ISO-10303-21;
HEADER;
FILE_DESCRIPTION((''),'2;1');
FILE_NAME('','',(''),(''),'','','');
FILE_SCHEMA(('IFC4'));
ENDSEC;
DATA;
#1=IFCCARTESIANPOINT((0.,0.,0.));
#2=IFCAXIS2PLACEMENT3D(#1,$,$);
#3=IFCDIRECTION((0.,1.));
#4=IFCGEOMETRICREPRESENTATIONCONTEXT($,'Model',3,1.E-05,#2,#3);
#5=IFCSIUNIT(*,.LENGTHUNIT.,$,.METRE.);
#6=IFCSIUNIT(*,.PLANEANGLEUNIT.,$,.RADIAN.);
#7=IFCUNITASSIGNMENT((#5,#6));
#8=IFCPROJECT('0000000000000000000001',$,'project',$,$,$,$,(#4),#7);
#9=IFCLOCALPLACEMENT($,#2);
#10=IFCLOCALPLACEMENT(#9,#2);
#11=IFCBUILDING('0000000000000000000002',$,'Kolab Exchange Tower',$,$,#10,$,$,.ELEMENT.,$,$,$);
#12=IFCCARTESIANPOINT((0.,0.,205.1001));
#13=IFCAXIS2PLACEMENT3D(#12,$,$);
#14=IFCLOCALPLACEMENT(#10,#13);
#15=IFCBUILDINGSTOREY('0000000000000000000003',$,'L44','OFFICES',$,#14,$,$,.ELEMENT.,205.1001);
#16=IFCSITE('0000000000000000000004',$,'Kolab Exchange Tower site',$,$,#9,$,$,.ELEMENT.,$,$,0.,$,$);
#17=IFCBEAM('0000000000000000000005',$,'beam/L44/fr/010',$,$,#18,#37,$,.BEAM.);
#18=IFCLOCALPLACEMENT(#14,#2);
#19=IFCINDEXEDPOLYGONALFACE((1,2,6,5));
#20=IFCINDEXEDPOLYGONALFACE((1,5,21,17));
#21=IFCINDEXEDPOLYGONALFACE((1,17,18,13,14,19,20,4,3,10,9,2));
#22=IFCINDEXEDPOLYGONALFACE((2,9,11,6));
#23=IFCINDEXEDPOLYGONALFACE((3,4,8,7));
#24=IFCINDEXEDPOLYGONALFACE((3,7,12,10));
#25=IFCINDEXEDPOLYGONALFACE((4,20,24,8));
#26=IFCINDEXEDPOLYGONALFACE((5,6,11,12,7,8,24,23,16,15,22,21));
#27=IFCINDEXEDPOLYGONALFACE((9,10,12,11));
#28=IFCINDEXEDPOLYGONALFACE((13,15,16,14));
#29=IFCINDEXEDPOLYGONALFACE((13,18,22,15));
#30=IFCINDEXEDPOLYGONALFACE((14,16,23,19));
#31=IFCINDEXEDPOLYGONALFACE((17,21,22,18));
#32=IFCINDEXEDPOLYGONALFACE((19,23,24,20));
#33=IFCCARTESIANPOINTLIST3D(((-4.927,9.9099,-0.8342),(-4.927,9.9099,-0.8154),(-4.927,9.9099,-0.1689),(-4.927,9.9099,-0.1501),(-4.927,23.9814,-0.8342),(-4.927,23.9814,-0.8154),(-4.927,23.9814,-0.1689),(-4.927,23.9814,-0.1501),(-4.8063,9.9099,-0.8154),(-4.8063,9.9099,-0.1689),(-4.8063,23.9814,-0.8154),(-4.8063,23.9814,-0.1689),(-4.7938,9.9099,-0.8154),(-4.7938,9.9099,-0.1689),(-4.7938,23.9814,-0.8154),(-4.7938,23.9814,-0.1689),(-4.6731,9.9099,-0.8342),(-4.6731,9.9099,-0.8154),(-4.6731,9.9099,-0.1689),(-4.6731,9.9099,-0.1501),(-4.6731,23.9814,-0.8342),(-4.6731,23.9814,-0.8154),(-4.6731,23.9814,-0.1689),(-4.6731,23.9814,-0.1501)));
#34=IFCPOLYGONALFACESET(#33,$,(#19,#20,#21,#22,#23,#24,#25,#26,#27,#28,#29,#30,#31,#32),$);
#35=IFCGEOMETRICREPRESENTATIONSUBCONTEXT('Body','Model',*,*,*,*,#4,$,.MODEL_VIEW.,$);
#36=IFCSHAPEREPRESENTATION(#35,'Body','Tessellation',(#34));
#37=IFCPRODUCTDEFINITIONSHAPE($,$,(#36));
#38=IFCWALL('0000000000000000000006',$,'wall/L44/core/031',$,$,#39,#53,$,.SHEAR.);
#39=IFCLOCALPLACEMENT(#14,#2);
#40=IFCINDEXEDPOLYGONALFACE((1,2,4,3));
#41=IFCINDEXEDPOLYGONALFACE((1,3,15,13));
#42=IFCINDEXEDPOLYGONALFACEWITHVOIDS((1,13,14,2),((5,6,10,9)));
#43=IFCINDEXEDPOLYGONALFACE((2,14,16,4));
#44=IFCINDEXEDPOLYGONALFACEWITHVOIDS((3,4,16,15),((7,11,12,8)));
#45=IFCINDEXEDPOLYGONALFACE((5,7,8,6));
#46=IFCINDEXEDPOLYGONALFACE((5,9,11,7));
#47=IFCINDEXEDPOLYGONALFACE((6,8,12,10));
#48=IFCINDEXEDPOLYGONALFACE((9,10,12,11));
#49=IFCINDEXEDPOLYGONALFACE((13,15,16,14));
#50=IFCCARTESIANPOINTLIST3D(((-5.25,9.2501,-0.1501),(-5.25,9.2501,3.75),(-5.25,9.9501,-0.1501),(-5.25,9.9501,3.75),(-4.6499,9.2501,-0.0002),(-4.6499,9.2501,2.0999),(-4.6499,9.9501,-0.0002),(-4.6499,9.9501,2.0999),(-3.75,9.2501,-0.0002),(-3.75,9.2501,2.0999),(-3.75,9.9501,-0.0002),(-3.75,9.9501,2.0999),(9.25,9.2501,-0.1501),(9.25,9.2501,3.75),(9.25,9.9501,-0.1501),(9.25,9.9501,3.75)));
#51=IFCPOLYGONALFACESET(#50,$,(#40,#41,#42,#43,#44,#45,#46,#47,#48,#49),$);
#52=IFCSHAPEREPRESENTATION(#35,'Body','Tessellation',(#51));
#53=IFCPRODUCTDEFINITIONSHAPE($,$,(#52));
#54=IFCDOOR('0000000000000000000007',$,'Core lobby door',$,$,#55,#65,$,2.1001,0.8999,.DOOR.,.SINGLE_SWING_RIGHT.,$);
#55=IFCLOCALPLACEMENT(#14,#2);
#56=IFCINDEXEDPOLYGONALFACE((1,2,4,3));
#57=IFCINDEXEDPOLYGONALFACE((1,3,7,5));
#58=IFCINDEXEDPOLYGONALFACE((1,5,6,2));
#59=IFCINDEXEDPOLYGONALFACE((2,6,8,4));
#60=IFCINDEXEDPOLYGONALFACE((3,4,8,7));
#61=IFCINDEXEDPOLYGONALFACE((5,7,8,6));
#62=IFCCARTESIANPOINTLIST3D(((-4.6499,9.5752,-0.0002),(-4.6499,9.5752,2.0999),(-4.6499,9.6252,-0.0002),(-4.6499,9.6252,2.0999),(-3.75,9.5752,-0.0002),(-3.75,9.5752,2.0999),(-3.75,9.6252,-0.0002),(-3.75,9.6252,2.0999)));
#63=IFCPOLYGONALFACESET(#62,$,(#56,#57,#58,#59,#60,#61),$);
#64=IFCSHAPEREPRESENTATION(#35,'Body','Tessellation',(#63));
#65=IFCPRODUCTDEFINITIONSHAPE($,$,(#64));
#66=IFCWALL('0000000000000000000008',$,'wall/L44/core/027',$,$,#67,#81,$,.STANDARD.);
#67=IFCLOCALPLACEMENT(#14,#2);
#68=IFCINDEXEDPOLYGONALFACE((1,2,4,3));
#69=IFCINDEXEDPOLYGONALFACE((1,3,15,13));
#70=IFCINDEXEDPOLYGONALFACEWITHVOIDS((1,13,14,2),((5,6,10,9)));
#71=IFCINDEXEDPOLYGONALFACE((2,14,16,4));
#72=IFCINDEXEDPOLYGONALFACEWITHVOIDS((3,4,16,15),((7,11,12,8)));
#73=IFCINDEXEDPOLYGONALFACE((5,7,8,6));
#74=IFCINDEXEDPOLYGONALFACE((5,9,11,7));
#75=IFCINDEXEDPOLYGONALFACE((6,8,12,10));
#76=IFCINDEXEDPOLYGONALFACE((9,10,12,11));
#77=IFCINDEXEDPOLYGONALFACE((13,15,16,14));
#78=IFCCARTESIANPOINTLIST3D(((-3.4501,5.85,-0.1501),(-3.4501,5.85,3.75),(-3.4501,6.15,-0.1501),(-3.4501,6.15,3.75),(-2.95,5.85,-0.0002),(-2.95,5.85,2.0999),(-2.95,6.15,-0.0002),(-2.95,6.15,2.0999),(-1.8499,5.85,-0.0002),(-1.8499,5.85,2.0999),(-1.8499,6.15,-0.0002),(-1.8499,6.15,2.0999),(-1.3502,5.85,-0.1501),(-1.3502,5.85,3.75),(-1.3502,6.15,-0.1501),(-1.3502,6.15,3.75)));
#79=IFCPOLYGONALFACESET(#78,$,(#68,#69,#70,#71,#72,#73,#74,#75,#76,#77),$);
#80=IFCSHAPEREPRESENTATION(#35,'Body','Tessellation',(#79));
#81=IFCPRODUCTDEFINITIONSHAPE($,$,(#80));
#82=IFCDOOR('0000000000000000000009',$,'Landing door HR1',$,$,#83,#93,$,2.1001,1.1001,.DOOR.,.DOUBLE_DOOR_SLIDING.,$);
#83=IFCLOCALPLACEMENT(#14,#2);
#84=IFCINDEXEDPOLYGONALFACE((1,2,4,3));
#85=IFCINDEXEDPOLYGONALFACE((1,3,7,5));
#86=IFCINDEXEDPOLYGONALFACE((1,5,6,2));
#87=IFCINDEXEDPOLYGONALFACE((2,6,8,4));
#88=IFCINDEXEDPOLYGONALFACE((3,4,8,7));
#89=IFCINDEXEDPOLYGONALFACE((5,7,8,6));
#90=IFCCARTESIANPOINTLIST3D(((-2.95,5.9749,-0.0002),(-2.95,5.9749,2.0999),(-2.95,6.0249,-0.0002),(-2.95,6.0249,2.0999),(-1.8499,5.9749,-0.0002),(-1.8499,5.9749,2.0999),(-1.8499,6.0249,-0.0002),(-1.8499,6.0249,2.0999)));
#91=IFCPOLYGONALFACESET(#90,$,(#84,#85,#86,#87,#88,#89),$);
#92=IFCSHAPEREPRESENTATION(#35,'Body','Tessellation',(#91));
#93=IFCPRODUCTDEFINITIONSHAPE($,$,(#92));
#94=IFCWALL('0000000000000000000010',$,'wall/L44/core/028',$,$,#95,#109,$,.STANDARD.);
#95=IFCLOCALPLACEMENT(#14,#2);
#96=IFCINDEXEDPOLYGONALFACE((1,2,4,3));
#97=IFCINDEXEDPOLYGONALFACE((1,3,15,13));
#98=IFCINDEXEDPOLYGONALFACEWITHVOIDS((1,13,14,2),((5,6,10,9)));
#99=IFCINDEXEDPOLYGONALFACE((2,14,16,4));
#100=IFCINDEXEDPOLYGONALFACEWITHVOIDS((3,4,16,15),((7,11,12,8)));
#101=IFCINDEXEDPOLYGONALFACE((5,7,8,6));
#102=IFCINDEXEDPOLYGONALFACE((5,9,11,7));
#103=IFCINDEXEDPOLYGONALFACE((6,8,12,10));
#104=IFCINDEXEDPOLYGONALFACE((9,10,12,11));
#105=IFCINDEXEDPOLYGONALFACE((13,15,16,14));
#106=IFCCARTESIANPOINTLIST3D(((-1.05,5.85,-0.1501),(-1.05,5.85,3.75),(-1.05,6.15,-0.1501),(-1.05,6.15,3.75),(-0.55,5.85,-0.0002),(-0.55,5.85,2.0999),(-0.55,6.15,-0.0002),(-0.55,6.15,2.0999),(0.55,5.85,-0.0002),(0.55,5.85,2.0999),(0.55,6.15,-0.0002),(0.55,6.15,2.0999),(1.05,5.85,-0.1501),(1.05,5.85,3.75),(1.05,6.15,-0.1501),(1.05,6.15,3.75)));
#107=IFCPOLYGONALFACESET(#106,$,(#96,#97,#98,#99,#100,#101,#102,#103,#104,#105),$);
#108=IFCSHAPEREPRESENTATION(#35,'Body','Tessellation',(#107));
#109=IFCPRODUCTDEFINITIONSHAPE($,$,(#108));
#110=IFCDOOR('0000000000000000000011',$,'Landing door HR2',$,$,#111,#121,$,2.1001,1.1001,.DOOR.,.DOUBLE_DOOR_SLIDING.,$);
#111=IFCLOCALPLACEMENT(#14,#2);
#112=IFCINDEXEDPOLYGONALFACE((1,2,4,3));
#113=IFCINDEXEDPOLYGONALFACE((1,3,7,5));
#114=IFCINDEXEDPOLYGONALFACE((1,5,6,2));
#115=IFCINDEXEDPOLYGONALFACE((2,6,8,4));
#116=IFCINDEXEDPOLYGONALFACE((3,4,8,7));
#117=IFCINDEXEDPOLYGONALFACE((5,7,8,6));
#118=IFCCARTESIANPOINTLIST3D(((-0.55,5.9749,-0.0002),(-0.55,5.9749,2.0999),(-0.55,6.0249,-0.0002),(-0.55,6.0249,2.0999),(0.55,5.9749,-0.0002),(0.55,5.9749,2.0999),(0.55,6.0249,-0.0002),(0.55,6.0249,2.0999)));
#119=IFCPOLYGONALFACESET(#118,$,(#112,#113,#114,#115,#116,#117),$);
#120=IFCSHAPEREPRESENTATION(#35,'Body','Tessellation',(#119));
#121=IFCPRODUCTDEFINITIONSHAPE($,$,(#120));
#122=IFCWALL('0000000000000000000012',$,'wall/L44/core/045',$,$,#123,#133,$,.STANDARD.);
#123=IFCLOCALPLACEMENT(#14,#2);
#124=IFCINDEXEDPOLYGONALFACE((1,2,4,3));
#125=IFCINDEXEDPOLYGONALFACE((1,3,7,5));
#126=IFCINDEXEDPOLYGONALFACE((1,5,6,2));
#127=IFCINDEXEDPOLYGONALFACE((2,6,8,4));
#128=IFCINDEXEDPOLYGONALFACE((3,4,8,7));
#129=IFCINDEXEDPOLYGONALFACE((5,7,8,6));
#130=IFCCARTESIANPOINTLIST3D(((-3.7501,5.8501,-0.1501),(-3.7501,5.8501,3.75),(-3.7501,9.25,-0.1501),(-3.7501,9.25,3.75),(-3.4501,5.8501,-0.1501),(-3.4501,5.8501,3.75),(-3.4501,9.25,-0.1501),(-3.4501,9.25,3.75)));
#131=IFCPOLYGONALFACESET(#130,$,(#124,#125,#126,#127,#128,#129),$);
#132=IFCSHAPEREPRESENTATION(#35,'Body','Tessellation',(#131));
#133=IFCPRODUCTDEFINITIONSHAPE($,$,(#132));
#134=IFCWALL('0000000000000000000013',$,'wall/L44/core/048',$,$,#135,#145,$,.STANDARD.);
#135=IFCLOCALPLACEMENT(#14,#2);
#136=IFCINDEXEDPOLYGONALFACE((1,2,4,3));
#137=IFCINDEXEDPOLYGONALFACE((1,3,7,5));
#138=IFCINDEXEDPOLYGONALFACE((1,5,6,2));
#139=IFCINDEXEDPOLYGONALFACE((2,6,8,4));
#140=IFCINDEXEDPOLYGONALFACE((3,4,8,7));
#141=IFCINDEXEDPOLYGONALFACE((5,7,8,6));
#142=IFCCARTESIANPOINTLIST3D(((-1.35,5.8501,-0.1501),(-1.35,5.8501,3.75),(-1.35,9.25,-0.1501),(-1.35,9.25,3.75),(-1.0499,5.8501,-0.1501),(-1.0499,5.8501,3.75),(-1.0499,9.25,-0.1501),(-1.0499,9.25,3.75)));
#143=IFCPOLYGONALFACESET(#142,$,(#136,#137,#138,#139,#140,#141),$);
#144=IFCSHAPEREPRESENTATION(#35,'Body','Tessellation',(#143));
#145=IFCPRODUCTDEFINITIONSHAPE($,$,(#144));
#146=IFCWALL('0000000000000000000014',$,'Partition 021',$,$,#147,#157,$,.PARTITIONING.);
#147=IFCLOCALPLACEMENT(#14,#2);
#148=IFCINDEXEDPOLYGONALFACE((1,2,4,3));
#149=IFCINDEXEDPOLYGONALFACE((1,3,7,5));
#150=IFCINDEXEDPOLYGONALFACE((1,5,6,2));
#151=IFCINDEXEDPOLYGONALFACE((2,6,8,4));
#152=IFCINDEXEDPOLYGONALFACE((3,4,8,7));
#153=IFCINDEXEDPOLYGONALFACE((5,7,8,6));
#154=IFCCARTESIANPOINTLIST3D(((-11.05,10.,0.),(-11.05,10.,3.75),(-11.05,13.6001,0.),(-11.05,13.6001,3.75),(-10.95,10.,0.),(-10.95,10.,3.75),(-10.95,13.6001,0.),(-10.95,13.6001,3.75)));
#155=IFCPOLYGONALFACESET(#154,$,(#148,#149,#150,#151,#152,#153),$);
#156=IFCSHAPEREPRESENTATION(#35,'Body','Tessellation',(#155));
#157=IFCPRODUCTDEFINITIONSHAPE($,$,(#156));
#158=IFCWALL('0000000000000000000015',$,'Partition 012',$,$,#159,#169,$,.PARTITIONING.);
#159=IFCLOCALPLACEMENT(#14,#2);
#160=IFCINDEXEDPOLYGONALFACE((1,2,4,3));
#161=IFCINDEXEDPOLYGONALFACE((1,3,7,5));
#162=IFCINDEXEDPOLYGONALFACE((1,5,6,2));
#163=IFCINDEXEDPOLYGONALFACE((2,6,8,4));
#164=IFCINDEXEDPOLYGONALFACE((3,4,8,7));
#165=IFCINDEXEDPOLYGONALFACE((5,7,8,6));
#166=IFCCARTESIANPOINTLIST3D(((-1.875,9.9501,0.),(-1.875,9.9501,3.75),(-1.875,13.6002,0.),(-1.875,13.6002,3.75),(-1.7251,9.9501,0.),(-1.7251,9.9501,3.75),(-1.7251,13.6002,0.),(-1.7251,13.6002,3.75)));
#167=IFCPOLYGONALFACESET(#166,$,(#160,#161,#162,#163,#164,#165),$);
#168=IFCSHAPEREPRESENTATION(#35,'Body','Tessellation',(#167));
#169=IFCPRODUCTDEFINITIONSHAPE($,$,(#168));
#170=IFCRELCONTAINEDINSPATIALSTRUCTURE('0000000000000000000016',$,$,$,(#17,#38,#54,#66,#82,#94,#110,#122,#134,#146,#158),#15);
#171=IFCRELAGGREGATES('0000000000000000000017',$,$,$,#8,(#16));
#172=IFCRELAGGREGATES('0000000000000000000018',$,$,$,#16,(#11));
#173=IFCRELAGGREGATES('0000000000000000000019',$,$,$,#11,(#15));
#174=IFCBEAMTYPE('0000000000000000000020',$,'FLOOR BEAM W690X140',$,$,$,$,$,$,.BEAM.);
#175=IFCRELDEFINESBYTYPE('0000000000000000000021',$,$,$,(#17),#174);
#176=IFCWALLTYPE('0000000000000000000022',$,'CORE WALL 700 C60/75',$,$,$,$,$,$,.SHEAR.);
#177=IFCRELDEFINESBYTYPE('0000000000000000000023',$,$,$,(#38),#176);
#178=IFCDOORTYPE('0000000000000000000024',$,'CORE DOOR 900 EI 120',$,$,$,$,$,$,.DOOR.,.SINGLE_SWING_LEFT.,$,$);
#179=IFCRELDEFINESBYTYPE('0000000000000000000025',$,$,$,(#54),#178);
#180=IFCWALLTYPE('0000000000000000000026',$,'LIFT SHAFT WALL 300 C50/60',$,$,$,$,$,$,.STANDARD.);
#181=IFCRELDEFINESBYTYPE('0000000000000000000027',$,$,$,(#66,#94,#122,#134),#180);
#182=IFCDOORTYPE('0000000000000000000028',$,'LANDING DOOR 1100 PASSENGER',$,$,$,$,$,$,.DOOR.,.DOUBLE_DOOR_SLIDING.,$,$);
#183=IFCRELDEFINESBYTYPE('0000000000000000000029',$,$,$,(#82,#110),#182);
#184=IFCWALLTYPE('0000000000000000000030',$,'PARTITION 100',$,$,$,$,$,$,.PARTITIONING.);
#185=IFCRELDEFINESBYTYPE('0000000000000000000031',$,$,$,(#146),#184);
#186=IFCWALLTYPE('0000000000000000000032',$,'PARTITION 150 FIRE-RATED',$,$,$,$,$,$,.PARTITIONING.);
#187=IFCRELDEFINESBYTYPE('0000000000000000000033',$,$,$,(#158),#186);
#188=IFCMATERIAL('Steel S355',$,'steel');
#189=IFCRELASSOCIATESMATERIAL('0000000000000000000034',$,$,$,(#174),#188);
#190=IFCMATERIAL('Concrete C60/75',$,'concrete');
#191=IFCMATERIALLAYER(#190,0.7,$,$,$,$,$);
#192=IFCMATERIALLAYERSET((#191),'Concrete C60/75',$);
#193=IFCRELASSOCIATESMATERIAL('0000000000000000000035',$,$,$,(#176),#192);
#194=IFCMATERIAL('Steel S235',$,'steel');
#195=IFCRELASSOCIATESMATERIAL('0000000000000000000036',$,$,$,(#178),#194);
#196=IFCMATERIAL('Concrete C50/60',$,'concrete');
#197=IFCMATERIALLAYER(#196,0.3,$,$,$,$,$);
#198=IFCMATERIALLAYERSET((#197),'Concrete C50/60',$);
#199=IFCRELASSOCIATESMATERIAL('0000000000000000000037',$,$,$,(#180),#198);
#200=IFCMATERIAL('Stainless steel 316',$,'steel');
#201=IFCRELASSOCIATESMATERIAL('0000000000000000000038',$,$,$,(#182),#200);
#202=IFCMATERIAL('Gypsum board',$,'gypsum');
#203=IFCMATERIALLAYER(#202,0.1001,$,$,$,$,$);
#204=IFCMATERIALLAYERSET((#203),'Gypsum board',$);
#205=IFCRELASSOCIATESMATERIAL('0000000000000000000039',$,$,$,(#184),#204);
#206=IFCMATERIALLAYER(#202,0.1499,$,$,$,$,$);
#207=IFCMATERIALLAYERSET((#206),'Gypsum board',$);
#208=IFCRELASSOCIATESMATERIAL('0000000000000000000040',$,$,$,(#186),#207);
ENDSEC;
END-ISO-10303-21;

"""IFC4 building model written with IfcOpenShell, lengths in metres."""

from ifc_helpers import new_model, si_unit, direction, frame, frame_2d, origin, origin_2d, place, context, subcontext, project, spatial, rectangle, i_section, extrude, material, layer, layer_set, material_profile, profile_set, type_object, element, fill, save


model = new_model("IFC4")

# Units and contexts
model_context = context("Model", 3, precision=1e-05, world=origin(), true_north=direction((0.0, 1.0)))
body_context = subcontext(model_context, "Body", "Model", "MODEL_VIEW")
ifc_project = project(units=[si_unit("LENGTHUNIT", "METRE"), si_unit("PLANEANGLEUNIT", "RADIAN")], contexts=[model_context])

# Site, building, storey
site_placement = place(None, origin())
site = spatial("IfcSite", under=ifc_project, at=site_placement, Name="Kolab Exchange Tower site", CompositionType="ELEMENT", RefElevation=0.0)
building_placement = place(site_placement, origin())
building = spatial("IfcBuilding", under=site, at=building_placement, Name="Kolab Exchange Tower", CompositionType="ELEMENT")
storey_placement = place(building_placement, frame((0.0, 0.0, 205.1001)))
storey = spatial("IfcBuildingStorey", under=building, at=storey_placement, Name="L44", Description="OFFICES", CompositionType="ELEMENT", Elevation=205.1001)

# Beam
ifc_material_1 = material(Name="Steel S355", Category="steel")
ifc_material_profile = material_profile(ifc_material_1, i_section(OverallWidth=0.2539, OverallDepth=0.6841, WebThickness=0.0125, FlangeThickness=0.0188, at=origin_2d()), Name="W690X140")
ifc_profile_set = profile_set([ifc_material_profile], Name="Steel S355")
beam_type = type_object("IfcBeamType", Name="FLOOR BEAM W690X140", PredefinedType="BEAM", material=ifc_profile_set)
beam_placement = place(storey_placement, frame((-4.8, 9.9099, -0.4922), z_axis=(0.0, 1.0, 0.0), x_axis=(-1.0, 0.0, 0.0)))
element("IfcBeam", 1, at=beam_placement, inside=storey, type_object=beam_type, Name="beam/L44/fr/010", PredefinedType="BEAM", context=body_context, shape_type="SweptSolid", body=[
    extrude(i_section(OverallWidth=0.2539, OverallDepth=0.6841, WebThickness=0.0125, FlangeThickness=0.0188, at=origin_2d()), origin(), (0.0, 0.0, 1.0), 14.0715),
])

# Walls, openings, doors
ifc_material_2 = material(Name="Concrete C60/75", Category="concrete")
ifc_layer_1 = layer(ifc_material_2, 0.7)
ifc_layer_set_1 = layer_set([ifc_layer_1], Name="Concrete C60/75")
wall_type_1 = type_object("IfcWallType", Name="CORE WALL 700 C60/75", PredefinedType="SHEAR", material=ifc_layer_set_1)
wall_1_placement = place(storey_placement, frame((-5.25, 9.6001, -0.1501), z_axis=(0.0, 0.0, 1.0), x_axis=(1.0, 0.0, 0.0)))
wall_1 = element("IfcWall", 2, at=wall_1_placement, inside=storey, type_object=wall_type_1, Name="wall/L44/core/031", PredefinedType="SHEAR", context=body_context, shape_type="SweptSolid", body=[
    extrude(rectangle(XDim=14.5, YDim=0.7, at=frame_2d((7.25, 0.0))), origin(), (0.0, 0.0, 1.0), 3.9001),
])
opening_1_placement = place(wall_1_placement, frame((0.6001, 0.0, 0.1499)))
opening_1 = element("IfcOpeningElement", 3, at=opening_1_placement, cuts=wall_1, PredefinedType="OPENING", context=body_context, shape_type="SweptSolid", body=[
    extrude(rectangle(XDim=0.8999, YDim=2.1001, at=frame_2d((0.45, 1.05))), frame((0.0, 0.3599, 0.0), z_axis=(0.0, -1.0, 0.0), x_axis=(1.0, 0.0, 0.0)), (0.0, 0.0, 1.0), 0.72),
])
ifc_material_3 = material(Name="Steel S235", Category="steel")
door_type_1 = type_object("IfcDoorType", Name="CORE DOOR 900 EI 120", OperationType="SINGLE_SWING_LEFT", PredefinedType="DOOR", material=ifc_material_3)
door_1_placement = place(opening_1_placement, frame((0.8999, 0.0, 0.0), z_axis=(0.0, 0.0, 1.0), x_axis=(-1.0, 0.0, 0.0)))
door_1 = element("IfcDoor", 4, at=door_1_placement, inside=storey, type_object=door_type_1, Name="Core lobby door", OperationType="SINGLE_SWING_RIGHT", OverallHeight=2.1001, OverallWidth=0.8999, PredefinedType="DOOR", context=body_context, shape_type="SweptSolid", body=[
    extrude(rectangle(XDim=0.8999, YDim=2.1001, at=frame_2d((0.45, 1.05))), frame((0.0, 0.0249, 0.0), z_axis=(0.0, -1.0, 0.0), x_axis=(1.0, 0.0, 0.0)), (0.0, 0.0, 1.0), 0.05),
])
fill(opening_1, door_1)
ifc_material_4 = material(Name="Concrete C50/60", Category="concrete")
ifc_layer_2 = layer(ifc_material_4, 0.3)
ifc_layer_set_2 = layer_set([ifc_layer_2], Name="Concrete C50/60")
wall_type_2 = type_object("IfcWallType", Name="LIFT SHAFT WALL 300 C50/60", PredefinedType="STANDARD", material=ifc_layer_set_2)
wall_2_placement = place(storey_placement, frame((-3.45, 6.0, -0.1501), z_axis=(0.0, 0.0, 1.0), x_axis=(1.0, 0.0, 0.0)))
wall_2 = element("IfcWall", 5, at=wall_2_placement, inside=storey, type_object=wall_type_2, Name="wall/L44/core/027", PredefinedType="STANDARD", context=body_context, shape_type="SweptSolid", body=[
    extrude(rectangle(XDim=2.0999, YDim=0.3, at=frame_2d((1.0498, 0.0))), origin(), (0.0, 0.0, 1.0), 3.9001),
])
opening_2_placement = place(wall_2_placement, frame((0.5, 0.0, 0.1499)))
opening_2 = element("IfcOpeningElement", 6, at=opening_2_placement, cuts=wall_2, PredefinedType="OPENING", context=body_context, shape_type="SweptSolid", body=[
    extrude(rectangle(XDim=1.1001, YDim=2.1001, at=frame_2d((0.55, 1.05))), frame((0.0, 0.1602, 0.0), z_axis=(0.0, -1.0, 0.0), x_axis=(1.0, 0.0, 0.0)), (0.0, 0.0, 1.0), 0.3201),
])
ifc_material_5 = material(Name="Stainless steel 316", Category="steel")
door_type_2 = type_object("IfcDoorType", Name="LANDING DOOR 1100 PASSENGER", OperationType="DOUBLE_DOOR_SLIDING", PredefinedType="DOOR", material=ifc_material_5)
door_2_placement = place(opening_2_placement, origin())
door_2 = element("IfcDoor", 7, at=door_2_placement, inside=storey, type_object=door_type_2, Name="Landing door HR1", OperationType="DOUBLE_DOOR_SLIDING", OverallHeight=2.1001, OverallWidth=1.1001, PredefinedType="DOOR", context=body_context, shape_type="SweptSolid", body=[
    extrude(rectangle(XDim=1.1001, YDim=2.1001, at=frame_2d((0.55, 1.05))), frame((0.0, 0.0249, 0.0), z_axis=(0.0, -1.0, 0.0), x_axis=(1.0, 0.0, 0.0)), (0.0, 0.0, 1.0), 0.05),
])
fill(opening_2, door_2)
wall_3_placement = place(storey_placement, frame((-1.05, 6.0, -0.1501), z_axis=(0.0, 0.0, 1.0), x_axis=(1.0, 0.0, 0.0)))
wall_3 = element("IfcWall", 8, at=wall_3_placement, inside=storey, type_object=wall_type_2, Name="wall/L44/core/028", PredefinedType="STANDARD", context=body_context, shape_type="SweptSolid", body=[
    extrude(rectangle(XDim=2.1001, YDim=0.3, at=frame_2d((1.05, 0.0))), origin(), (0.0, 0.0, 1.0), 3.9001),
])
opening_3_placement = place(wall_3_placement, frame((0.5, 0.0, 0.1499)))
opening_3 = element("IfcOpeningElement", 9, at=opening_3_placement, cuts=wall_3, PredefinedType="OPENING", context=body_context, shape_type="SweptSolid", body=[
    extrude(rectangle(XDim=1.1001, YDim=2.1001, at=frame_2d((0.55, 1.05))), frame((0.0, 0.1602, 0.0), z_axis=(0.0, -1.0, 0.0), x_axis=(1.0, 0.0, 0.0)), (0.0, 0.0, 1.0), 0.3201),
])
door_3_placement = place(opening_3_placement, origin())
door_3 = element("IfcDoor", 10, at=door_3_placement, inside=storey, type_object=door_type_2, Name="Landing door HR2", OperationType="DOUBLE_DOOR_SLIDING", OverallHeight=2.1001, OverallWidth=1.1001, PredefinedType="DOOR", context=body_context, shape_type="SweptSolid", body=[
    extrude(rectangle(XDim=1.1001, YDim=2.1001, at=frame_2d((0.55, 1.05))), frame((0.0, 0.0249, 0.0), z_axis=(0.0, -1.0, 0.0), x_axis=(1.0, 0.0, 0.0)), (0.0, 0.0, 1.0), 0.05),
])
fill(opening_3, door_3)

# Walls
for number, where, z_axis, x_axis, name in (
    (11, (-3.6001, 5.8501, -0.1501), (0.0, 0.0, 1.0), (0.0, 1.0, 0.0), "wall/L44/core/045"),
    (12, (-1.2, 5.8501, -0.1501), (0.0, 0.0, 1.0), (0.0, 1.0, 0.0), "wall/L44/core/048"),
):
    element("IfcWall", number, at=place(storey_placement, frame(where, z_axis=z_axis, x_axis=x_axis)), inside=storey, type_object=wall_type_2, Name=name, PredefinedType="STANDARD", context=body_context, shape_type="SweptSolid", body=[
        extrude(rectangle(XDim=3.3999, YDim=0.3, at=frame_2d((1.7, 0.0))), origin(), (0.0, 0.0, 1.0), 3.9001),
    ])
ifc_material_6 = material(Name="Gypsum board", Category="gypsum")
ifc_layer_3 = layer(ifc_material_6, 0.1001)
ifc_layer_set_3 = layer_set([ifc_layer_3], Name="Gypsum board")
wall_type_3 = type_object("IfcWallType", Name="PARTITION 100", PredefinedType="PARTITIONING", material=ifc_layer_set_3)
wall_4_placement = place(storey_placement, frame((-11.0, 10.0, 0.0), z_axis=(0.0, 0.0, 1.0), x_axis=(0.0, 1.0, 0.0)))
element("IfcWall", 13, at=wall_4_placement, inside=storey, type_object=wall_type_3, Name="Partition 021", PredefinedType="PARTITIONING", context=body_context, shape_type="SweptSolid", body=[
    extrude(rectangle(XDim=3.6001, YDim=0.1001, at=frame_2d((1.8, 0.0))), origin(), (0.0, 0.0, 1.0), 3.75),
])
ifc_layer_4 = layer(ifc_material_6, 0.1499)
ifc_layer_set_4 = layer_set([ifc_layer_4], Name="Gypsum board")
wall_type_4 = type_object("IfcWallType", Name="PARTITION 150 FIRE-RATED", PredefinedType="PARTITIONING", material=ifc_layer_set_4)
wall_5_placement = place(storey_placement, frame((-1.8, 9.95, 0.0), z_axis=(0.0, 0.0, 1.0), x_axis=(0.0, 1.0, 0.0)))
element("IfcWall", 14, at=wall_5_placement, inside=storey, type_object=wall_type_4, Name="Partition 012", PredefinedType="PARTITIONING", context=body_context, shape_type="SweptSolid", body=[
    extrude(rectangle(XDim=3.6501, YDim=0.1499, at=frame_2d((1.8252, 0.0))), origin(), (0.0, 0.0, 1.0), 3.75),
])

save(model, "model.ifc")
